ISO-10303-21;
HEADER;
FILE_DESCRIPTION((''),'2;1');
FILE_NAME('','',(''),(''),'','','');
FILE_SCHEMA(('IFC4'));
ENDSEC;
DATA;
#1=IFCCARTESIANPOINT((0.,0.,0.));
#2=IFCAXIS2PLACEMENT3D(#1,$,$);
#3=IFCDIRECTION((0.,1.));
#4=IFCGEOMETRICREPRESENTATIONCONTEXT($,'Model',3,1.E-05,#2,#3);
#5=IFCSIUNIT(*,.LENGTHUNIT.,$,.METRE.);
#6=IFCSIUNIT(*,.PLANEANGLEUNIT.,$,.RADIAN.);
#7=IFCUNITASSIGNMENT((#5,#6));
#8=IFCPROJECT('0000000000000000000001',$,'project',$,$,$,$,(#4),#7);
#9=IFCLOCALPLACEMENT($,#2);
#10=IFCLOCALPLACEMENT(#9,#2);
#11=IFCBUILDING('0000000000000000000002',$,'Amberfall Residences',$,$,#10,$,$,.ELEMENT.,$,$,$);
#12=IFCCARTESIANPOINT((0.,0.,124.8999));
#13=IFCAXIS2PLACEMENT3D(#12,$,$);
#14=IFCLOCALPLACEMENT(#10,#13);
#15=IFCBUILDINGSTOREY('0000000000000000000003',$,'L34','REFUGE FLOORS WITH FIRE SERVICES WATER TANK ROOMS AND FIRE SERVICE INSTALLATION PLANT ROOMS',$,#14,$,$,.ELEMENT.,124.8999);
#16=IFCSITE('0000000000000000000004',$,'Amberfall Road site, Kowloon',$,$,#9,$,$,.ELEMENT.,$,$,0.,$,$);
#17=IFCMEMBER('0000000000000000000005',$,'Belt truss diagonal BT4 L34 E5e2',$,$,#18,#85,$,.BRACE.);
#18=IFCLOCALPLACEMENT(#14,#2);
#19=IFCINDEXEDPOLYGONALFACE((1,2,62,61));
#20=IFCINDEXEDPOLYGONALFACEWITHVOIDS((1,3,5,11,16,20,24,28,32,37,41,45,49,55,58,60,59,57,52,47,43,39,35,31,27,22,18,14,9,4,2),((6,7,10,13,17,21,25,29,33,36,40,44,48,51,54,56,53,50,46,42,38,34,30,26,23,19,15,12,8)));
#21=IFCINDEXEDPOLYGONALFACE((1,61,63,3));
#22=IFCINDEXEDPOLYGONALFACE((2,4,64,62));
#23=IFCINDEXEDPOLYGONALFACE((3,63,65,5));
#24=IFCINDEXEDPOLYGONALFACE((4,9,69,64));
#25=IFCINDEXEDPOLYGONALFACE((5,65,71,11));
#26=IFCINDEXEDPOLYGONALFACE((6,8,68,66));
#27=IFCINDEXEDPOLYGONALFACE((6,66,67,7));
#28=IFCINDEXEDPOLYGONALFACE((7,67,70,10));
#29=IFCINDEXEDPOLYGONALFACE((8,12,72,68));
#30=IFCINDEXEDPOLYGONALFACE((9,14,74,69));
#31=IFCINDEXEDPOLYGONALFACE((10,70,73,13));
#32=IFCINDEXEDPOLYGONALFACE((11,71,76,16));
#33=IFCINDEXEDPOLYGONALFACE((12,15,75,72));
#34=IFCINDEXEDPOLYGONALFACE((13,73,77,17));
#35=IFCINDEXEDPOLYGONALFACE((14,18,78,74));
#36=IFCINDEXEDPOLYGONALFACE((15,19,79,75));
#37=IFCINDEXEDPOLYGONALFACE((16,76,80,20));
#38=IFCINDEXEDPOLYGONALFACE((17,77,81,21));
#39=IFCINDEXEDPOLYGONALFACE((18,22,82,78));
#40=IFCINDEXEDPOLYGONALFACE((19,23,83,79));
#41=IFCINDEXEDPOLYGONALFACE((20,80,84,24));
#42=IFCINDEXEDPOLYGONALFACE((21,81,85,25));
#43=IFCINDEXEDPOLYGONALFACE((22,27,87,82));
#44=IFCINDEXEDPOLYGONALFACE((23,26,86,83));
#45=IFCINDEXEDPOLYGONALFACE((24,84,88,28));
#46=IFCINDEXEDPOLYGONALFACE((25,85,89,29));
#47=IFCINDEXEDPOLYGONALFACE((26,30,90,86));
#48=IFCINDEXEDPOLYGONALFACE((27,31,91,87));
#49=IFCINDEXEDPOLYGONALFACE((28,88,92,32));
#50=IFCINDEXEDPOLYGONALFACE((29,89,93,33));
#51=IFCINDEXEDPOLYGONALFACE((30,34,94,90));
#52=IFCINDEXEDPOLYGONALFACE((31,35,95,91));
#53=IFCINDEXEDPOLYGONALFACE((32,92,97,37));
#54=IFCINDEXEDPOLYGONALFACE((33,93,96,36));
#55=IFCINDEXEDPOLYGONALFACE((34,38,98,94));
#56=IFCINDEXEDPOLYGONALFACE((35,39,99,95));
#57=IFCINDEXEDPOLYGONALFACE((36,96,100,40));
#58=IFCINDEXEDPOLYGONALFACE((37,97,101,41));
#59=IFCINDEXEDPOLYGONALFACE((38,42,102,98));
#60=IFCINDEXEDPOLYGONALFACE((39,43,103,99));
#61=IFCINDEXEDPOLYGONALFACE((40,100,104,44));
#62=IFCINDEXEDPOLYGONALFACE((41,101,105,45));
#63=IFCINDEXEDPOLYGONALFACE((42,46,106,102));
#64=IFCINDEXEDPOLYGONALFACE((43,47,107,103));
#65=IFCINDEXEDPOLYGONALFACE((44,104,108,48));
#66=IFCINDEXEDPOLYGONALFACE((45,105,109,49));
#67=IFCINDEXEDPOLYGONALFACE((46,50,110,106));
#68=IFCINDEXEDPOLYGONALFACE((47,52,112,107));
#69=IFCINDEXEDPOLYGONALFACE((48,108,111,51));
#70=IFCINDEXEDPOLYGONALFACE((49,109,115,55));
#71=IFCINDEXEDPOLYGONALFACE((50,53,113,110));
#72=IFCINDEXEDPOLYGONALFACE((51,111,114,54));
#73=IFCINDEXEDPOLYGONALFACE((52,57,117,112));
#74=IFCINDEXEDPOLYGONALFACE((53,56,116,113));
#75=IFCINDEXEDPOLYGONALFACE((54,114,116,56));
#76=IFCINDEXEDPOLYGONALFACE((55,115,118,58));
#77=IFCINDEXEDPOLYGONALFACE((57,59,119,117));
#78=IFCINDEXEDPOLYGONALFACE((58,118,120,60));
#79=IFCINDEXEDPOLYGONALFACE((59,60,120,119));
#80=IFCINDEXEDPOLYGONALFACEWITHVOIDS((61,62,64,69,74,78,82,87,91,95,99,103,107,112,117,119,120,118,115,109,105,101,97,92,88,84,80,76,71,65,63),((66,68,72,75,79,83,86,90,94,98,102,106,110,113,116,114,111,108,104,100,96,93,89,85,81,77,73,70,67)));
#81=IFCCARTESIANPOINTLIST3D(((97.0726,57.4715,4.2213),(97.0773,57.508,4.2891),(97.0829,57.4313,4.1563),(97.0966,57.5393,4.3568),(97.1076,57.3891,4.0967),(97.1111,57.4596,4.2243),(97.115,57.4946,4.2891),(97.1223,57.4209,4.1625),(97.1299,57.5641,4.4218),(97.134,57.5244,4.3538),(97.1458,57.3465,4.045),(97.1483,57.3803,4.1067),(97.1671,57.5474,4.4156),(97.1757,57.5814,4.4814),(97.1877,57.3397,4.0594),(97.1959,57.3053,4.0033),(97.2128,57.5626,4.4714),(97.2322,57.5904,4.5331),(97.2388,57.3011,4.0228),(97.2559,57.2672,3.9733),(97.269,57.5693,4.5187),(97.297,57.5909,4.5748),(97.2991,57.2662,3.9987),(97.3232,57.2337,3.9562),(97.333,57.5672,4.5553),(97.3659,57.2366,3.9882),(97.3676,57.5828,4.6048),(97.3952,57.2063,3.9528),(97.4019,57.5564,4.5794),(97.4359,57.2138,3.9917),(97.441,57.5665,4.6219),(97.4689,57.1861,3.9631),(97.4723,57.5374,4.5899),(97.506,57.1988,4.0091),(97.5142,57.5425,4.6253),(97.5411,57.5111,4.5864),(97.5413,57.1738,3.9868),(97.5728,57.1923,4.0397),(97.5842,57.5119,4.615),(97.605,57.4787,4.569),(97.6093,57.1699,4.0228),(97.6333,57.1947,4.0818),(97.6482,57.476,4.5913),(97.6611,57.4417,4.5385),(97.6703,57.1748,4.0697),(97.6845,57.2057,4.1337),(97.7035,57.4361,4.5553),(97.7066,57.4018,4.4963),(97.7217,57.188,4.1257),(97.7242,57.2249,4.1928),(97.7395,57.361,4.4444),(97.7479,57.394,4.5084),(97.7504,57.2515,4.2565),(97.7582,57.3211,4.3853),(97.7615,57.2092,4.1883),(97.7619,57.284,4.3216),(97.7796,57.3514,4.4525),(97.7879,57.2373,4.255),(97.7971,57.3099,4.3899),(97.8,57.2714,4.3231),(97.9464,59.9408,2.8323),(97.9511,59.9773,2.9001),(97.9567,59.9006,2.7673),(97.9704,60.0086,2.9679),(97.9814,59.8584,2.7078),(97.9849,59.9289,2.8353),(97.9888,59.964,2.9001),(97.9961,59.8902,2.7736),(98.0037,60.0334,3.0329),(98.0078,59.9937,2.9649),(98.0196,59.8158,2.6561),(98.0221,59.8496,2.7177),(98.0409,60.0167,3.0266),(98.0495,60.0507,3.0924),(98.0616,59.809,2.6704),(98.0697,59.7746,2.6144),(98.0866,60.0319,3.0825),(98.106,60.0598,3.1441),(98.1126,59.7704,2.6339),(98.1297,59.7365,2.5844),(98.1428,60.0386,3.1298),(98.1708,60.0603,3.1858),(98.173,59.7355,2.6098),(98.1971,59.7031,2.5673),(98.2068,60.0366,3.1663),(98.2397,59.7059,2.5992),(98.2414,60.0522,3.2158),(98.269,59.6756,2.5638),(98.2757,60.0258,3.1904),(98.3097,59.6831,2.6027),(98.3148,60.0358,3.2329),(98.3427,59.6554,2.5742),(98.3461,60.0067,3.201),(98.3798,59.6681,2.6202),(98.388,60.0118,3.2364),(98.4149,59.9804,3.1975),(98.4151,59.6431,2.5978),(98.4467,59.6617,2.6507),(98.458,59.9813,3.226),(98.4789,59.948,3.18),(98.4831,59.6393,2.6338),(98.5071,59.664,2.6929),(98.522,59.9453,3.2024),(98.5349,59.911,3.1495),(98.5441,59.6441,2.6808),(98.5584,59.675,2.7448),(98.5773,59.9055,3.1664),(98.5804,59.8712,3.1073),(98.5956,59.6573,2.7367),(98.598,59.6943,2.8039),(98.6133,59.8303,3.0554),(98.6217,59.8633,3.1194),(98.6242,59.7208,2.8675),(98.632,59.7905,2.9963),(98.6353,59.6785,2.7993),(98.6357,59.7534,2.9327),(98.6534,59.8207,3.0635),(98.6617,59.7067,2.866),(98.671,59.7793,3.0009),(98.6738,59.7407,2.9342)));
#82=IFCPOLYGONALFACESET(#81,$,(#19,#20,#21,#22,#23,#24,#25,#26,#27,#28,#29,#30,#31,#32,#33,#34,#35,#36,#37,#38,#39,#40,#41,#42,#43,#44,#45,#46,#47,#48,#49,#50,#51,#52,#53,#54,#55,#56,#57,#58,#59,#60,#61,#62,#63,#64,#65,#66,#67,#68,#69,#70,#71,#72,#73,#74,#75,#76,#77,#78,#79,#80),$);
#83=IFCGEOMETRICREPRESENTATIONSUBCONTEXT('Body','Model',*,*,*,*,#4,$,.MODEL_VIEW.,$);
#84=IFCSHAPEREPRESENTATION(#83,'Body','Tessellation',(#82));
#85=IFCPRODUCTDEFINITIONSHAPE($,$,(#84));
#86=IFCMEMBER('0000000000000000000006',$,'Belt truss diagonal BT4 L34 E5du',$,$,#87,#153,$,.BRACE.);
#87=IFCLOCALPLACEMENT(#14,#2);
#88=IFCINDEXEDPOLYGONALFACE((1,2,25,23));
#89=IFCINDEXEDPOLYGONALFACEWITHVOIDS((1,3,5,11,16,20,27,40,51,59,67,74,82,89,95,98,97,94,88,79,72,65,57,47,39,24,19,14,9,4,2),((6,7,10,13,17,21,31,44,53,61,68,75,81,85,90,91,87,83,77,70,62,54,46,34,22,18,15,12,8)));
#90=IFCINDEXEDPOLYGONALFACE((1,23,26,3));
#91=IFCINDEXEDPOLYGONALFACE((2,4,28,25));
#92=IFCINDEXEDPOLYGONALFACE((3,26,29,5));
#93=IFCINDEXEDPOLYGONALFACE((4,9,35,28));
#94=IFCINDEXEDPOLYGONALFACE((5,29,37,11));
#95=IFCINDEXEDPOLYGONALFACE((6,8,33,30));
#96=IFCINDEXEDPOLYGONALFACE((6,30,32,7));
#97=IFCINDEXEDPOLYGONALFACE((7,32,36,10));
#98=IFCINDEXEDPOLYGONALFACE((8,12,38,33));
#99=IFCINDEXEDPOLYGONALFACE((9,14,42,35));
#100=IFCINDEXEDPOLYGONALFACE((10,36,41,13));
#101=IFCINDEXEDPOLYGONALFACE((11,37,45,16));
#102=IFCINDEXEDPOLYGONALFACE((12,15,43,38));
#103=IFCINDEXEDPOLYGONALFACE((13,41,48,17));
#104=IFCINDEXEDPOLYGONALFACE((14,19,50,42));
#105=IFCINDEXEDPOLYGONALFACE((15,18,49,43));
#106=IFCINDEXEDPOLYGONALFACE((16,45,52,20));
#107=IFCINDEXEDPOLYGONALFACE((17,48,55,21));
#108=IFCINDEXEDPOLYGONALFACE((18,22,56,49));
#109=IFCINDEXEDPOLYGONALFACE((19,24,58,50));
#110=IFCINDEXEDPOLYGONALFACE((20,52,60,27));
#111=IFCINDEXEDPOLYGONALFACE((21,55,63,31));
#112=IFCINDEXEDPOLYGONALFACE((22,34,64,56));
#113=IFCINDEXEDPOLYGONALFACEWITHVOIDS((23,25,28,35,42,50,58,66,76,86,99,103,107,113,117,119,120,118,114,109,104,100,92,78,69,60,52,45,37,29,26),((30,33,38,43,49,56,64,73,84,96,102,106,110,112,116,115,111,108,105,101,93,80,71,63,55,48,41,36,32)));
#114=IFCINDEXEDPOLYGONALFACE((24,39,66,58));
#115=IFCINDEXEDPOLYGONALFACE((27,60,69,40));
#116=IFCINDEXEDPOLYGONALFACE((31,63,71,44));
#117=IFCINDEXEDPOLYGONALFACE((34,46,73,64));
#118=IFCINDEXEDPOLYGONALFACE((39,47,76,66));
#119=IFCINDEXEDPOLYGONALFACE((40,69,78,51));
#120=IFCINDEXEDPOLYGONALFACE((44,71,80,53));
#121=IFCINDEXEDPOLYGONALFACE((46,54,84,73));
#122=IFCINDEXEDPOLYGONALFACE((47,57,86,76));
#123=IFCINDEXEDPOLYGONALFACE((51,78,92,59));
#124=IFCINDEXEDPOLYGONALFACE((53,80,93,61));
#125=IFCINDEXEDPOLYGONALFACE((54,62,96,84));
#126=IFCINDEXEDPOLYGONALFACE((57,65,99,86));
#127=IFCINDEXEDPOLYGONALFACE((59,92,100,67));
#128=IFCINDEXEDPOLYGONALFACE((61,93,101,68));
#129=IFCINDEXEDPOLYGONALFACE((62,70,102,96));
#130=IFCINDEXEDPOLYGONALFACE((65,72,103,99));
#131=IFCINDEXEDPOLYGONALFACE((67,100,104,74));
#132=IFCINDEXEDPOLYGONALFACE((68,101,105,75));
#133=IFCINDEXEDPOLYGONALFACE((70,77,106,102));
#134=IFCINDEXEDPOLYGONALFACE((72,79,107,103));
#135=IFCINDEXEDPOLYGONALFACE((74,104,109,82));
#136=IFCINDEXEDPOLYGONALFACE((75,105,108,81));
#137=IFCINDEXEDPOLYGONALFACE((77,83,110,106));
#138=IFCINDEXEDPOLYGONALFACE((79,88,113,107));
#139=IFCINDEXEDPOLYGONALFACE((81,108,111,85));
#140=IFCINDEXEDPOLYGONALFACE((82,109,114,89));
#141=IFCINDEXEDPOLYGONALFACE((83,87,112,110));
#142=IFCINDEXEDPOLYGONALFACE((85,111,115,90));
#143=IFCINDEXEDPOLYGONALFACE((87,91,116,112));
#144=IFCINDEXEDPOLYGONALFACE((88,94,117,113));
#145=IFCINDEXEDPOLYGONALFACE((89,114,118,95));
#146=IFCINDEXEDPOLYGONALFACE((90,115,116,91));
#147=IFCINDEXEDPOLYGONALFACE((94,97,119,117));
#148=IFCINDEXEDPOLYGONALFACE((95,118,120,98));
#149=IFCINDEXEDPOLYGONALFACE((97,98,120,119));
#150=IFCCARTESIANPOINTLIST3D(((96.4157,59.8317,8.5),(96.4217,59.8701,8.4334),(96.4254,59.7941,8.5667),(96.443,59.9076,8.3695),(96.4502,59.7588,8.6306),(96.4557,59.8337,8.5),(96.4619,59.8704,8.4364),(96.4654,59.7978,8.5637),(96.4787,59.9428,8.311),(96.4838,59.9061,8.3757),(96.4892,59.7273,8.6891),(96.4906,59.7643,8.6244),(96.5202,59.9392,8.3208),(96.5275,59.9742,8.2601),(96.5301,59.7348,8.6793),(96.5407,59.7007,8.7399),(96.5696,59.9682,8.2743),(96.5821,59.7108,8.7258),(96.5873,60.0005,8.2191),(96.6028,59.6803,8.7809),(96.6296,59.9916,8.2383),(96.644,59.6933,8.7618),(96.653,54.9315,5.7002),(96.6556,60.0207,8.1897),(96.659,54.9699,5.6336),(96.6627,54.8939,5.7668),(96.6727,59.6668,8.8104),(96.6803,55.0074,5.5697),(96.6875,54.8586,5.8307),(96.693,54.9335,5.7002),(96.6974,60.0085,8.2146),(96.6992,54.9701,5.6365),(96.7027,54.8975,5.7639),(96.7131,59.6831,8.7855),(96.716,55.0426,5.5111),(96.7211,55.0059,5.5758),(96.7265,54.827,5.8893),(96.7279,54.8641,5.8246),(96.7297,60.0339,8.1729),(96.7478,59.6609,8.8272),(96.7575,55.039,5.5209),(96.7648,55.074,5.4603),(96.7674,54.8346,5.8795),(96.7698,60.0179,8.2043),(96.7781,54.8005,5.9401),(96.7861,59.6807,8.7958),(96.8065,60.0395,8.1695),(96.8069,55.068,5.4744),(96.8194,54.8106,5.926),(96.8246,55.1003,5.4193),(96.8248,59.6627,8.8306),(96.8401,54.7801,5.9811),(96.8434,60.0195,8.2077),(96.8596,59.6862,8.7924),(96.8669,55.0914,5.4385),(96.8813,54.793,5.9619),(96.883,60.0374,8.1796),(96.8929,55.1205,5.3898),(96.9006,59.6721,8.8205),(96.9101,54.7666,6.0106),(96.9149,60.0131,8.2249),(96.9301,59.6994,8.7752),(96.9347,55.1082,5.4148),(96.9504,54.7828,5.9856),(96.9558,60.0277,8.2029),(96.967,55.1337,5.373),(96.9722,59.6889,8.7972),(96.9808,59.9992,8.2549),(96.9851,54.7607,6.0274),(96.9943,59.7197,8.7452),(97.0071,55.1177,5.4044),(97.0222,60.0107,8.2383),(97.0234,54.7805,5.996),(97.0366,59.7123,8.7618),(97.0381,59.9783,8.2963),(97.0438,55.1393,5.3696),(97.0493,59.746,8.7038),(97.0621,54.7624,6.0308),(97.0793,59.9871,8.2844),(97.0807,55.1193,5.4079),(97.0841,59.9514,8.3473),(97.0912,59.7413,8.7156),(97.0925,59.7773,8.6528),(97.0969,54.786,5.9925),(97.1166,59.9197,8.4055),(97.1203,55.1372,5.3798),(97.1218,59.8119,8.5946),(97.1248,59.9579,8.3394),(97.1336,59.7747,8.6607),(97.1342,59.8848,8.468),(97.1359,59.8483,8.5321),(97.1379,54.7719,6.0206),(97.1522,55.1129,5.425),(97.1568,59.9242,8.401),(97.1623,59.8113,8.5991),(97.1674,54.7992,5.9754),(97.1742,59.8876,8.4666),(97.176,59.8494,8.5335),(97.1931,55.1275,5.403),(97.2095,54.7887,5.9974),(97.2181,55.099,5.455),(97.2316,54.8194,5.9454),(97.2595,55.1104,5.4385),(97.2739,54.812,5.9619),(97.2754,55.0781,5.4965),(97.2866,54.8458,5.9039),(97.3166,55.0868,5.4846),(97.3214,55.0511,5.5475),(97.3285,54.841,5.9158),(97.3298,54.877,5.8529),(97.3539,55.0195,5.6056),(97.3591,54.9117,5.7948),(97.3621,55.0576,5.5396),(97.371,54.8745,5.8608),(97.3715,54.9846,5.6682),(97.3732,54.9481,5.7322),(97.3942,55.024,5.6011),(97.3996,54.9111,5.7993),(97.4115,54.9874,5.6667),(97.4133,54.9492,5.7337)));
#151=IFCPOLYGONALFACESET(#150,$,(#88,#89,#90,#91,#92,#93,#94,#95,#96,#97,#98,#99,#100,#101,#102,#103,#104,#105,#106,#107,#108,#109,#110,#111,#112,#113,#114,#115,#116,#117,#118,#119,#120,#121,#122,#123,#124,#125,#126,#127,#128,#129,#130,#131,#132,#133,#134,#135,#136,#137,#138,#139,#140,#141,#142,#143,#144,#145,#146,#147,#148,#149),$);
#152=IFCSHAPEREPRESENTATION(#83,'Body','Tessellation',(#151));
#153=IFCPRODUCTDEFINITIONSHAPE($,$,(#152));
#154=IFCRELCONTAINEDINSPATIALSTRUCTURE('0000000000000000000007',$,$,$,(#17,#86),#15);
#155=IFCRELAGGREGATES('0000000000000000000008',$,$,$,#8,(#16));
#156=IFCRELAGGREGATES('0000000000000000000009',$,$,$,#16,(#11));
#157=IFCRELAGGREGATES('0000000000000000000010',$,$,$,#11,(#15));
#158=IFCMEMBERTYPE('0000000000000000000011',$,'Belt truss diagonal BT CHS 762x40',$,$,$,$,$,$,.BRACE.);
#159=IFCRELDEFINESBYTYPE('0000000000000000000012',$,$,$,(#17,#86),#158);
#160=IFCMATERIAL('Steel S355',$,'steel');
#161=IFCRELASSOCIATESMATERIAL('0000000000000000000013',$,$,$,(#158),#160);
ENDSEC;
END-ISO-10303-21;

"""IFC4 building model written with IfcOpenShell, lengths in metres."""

from ifc_helpers import new_model, si_unit, direction, frame, origin, origin_2d, place, context, subcontext, project, spatial, hollow_circle, extrude, material, material_profile, profile_set, type_object, element, save


model = new_model("IFC4")

# Units and contexts
model_context = context("Model", 3, precision=1e-05, world=origin(), true_north=direction((0.0, 1.0)))
body_context = subcontext(model_context, "Body", "Model", "MODEL_VIEW")
ifc_project = project(units=[si_unit("LENGTHUNIT", "METRE"), si_unit("PLANEANGLEUNIT", "RADIAN")], contexts=[model_context])

# Site, building, storey
site_placement = place(None, origin())
site = spatial("IfcSite", under=ifc_project, at=site_placement, Name="Amberfall Road site, Kowloon", CompositionType="ELEMENT", RefElevation=0.0)
building_placement = place(site_placement, origin())
building = spatial("IfcBuilding", under=site, at=building_placement, Name="Amberfall Residences", CompositionType="ELEMENT")
storey_placement = place(building_placement, frame((0.0, 0.0, 124.8999)))
storey = spatial("IfcBuildingStorey", under=building, at=storey_placement, Name="L34", Description="REFUGE FLOORS WITH FIRE SERVICES WATER TANK ROOMS AND FIRE SERVICE INSTALLATION PLANT ROOMS", CompositionType="ELEMENT", Elevation=124.8999)

# Shared definitions
ifc_material_1 = material(Name="Steel S355", Category="steel")

# Members
ifc_material_profile_1 = material_profile(ifc_material_1, hollow_circle(Radius=0.3811, WallThickness=0.04, at=origin_2d()), Name="CHS 762x40")
ifc_profile_set_1 = profile_set([ifc_material_profile_1], Name="Steel S355")
member_type_1 = type_object("IfcMemberType", Name="Belt truss diagonal BT CHS 762x40", PredefinedType="BRACE", material=ifc_profile_set_1)
member_1_placement = place(storey_placement, frame((97.4365, 57.3809, 4.2891), z_axis=(0.294723, 0.832867, -0.468477), x_axis=(-0.942716, 0.333595, 0.0)))
element("IfcMember", 1, at=member_1_placement, inside=storey, type_object=member_type_1, Name="Belt truss diagonal BT4 L34 E5e2", PredefinedType="BRACE", context=body_context, shape_type="SweptSolid", body=[
    extrude(hollow_circle(Radius=0.3811, WallThickness=0.04, at=origin_2d()), origin(), (0.0, 0.0, 1.0), 2.9648),
])
member_2_placement = place(storey_placement, frame((97.0337, 54.95, 5.7002), z_axis=(-0.042011, 0.867498, 0.495664), x_axis=(-0.998829, -0.048371, 0.0)))
element("IfcMember", 2, at=member_2_placement, inside=storey, type_object=member_type_1, Name="Belt truss diagonal BT4 L34 E5du", PredefinedType="BRACE", context=body_context, shape_type="SweptSolid", body=[
    extrude(hollow_circle(Radius=0.3811, WallThickness=0.04, at=origin_2d()), origin(), (0.0, 0.0, 1.0), 5.6487),
])

save(model, "model.ifc")
